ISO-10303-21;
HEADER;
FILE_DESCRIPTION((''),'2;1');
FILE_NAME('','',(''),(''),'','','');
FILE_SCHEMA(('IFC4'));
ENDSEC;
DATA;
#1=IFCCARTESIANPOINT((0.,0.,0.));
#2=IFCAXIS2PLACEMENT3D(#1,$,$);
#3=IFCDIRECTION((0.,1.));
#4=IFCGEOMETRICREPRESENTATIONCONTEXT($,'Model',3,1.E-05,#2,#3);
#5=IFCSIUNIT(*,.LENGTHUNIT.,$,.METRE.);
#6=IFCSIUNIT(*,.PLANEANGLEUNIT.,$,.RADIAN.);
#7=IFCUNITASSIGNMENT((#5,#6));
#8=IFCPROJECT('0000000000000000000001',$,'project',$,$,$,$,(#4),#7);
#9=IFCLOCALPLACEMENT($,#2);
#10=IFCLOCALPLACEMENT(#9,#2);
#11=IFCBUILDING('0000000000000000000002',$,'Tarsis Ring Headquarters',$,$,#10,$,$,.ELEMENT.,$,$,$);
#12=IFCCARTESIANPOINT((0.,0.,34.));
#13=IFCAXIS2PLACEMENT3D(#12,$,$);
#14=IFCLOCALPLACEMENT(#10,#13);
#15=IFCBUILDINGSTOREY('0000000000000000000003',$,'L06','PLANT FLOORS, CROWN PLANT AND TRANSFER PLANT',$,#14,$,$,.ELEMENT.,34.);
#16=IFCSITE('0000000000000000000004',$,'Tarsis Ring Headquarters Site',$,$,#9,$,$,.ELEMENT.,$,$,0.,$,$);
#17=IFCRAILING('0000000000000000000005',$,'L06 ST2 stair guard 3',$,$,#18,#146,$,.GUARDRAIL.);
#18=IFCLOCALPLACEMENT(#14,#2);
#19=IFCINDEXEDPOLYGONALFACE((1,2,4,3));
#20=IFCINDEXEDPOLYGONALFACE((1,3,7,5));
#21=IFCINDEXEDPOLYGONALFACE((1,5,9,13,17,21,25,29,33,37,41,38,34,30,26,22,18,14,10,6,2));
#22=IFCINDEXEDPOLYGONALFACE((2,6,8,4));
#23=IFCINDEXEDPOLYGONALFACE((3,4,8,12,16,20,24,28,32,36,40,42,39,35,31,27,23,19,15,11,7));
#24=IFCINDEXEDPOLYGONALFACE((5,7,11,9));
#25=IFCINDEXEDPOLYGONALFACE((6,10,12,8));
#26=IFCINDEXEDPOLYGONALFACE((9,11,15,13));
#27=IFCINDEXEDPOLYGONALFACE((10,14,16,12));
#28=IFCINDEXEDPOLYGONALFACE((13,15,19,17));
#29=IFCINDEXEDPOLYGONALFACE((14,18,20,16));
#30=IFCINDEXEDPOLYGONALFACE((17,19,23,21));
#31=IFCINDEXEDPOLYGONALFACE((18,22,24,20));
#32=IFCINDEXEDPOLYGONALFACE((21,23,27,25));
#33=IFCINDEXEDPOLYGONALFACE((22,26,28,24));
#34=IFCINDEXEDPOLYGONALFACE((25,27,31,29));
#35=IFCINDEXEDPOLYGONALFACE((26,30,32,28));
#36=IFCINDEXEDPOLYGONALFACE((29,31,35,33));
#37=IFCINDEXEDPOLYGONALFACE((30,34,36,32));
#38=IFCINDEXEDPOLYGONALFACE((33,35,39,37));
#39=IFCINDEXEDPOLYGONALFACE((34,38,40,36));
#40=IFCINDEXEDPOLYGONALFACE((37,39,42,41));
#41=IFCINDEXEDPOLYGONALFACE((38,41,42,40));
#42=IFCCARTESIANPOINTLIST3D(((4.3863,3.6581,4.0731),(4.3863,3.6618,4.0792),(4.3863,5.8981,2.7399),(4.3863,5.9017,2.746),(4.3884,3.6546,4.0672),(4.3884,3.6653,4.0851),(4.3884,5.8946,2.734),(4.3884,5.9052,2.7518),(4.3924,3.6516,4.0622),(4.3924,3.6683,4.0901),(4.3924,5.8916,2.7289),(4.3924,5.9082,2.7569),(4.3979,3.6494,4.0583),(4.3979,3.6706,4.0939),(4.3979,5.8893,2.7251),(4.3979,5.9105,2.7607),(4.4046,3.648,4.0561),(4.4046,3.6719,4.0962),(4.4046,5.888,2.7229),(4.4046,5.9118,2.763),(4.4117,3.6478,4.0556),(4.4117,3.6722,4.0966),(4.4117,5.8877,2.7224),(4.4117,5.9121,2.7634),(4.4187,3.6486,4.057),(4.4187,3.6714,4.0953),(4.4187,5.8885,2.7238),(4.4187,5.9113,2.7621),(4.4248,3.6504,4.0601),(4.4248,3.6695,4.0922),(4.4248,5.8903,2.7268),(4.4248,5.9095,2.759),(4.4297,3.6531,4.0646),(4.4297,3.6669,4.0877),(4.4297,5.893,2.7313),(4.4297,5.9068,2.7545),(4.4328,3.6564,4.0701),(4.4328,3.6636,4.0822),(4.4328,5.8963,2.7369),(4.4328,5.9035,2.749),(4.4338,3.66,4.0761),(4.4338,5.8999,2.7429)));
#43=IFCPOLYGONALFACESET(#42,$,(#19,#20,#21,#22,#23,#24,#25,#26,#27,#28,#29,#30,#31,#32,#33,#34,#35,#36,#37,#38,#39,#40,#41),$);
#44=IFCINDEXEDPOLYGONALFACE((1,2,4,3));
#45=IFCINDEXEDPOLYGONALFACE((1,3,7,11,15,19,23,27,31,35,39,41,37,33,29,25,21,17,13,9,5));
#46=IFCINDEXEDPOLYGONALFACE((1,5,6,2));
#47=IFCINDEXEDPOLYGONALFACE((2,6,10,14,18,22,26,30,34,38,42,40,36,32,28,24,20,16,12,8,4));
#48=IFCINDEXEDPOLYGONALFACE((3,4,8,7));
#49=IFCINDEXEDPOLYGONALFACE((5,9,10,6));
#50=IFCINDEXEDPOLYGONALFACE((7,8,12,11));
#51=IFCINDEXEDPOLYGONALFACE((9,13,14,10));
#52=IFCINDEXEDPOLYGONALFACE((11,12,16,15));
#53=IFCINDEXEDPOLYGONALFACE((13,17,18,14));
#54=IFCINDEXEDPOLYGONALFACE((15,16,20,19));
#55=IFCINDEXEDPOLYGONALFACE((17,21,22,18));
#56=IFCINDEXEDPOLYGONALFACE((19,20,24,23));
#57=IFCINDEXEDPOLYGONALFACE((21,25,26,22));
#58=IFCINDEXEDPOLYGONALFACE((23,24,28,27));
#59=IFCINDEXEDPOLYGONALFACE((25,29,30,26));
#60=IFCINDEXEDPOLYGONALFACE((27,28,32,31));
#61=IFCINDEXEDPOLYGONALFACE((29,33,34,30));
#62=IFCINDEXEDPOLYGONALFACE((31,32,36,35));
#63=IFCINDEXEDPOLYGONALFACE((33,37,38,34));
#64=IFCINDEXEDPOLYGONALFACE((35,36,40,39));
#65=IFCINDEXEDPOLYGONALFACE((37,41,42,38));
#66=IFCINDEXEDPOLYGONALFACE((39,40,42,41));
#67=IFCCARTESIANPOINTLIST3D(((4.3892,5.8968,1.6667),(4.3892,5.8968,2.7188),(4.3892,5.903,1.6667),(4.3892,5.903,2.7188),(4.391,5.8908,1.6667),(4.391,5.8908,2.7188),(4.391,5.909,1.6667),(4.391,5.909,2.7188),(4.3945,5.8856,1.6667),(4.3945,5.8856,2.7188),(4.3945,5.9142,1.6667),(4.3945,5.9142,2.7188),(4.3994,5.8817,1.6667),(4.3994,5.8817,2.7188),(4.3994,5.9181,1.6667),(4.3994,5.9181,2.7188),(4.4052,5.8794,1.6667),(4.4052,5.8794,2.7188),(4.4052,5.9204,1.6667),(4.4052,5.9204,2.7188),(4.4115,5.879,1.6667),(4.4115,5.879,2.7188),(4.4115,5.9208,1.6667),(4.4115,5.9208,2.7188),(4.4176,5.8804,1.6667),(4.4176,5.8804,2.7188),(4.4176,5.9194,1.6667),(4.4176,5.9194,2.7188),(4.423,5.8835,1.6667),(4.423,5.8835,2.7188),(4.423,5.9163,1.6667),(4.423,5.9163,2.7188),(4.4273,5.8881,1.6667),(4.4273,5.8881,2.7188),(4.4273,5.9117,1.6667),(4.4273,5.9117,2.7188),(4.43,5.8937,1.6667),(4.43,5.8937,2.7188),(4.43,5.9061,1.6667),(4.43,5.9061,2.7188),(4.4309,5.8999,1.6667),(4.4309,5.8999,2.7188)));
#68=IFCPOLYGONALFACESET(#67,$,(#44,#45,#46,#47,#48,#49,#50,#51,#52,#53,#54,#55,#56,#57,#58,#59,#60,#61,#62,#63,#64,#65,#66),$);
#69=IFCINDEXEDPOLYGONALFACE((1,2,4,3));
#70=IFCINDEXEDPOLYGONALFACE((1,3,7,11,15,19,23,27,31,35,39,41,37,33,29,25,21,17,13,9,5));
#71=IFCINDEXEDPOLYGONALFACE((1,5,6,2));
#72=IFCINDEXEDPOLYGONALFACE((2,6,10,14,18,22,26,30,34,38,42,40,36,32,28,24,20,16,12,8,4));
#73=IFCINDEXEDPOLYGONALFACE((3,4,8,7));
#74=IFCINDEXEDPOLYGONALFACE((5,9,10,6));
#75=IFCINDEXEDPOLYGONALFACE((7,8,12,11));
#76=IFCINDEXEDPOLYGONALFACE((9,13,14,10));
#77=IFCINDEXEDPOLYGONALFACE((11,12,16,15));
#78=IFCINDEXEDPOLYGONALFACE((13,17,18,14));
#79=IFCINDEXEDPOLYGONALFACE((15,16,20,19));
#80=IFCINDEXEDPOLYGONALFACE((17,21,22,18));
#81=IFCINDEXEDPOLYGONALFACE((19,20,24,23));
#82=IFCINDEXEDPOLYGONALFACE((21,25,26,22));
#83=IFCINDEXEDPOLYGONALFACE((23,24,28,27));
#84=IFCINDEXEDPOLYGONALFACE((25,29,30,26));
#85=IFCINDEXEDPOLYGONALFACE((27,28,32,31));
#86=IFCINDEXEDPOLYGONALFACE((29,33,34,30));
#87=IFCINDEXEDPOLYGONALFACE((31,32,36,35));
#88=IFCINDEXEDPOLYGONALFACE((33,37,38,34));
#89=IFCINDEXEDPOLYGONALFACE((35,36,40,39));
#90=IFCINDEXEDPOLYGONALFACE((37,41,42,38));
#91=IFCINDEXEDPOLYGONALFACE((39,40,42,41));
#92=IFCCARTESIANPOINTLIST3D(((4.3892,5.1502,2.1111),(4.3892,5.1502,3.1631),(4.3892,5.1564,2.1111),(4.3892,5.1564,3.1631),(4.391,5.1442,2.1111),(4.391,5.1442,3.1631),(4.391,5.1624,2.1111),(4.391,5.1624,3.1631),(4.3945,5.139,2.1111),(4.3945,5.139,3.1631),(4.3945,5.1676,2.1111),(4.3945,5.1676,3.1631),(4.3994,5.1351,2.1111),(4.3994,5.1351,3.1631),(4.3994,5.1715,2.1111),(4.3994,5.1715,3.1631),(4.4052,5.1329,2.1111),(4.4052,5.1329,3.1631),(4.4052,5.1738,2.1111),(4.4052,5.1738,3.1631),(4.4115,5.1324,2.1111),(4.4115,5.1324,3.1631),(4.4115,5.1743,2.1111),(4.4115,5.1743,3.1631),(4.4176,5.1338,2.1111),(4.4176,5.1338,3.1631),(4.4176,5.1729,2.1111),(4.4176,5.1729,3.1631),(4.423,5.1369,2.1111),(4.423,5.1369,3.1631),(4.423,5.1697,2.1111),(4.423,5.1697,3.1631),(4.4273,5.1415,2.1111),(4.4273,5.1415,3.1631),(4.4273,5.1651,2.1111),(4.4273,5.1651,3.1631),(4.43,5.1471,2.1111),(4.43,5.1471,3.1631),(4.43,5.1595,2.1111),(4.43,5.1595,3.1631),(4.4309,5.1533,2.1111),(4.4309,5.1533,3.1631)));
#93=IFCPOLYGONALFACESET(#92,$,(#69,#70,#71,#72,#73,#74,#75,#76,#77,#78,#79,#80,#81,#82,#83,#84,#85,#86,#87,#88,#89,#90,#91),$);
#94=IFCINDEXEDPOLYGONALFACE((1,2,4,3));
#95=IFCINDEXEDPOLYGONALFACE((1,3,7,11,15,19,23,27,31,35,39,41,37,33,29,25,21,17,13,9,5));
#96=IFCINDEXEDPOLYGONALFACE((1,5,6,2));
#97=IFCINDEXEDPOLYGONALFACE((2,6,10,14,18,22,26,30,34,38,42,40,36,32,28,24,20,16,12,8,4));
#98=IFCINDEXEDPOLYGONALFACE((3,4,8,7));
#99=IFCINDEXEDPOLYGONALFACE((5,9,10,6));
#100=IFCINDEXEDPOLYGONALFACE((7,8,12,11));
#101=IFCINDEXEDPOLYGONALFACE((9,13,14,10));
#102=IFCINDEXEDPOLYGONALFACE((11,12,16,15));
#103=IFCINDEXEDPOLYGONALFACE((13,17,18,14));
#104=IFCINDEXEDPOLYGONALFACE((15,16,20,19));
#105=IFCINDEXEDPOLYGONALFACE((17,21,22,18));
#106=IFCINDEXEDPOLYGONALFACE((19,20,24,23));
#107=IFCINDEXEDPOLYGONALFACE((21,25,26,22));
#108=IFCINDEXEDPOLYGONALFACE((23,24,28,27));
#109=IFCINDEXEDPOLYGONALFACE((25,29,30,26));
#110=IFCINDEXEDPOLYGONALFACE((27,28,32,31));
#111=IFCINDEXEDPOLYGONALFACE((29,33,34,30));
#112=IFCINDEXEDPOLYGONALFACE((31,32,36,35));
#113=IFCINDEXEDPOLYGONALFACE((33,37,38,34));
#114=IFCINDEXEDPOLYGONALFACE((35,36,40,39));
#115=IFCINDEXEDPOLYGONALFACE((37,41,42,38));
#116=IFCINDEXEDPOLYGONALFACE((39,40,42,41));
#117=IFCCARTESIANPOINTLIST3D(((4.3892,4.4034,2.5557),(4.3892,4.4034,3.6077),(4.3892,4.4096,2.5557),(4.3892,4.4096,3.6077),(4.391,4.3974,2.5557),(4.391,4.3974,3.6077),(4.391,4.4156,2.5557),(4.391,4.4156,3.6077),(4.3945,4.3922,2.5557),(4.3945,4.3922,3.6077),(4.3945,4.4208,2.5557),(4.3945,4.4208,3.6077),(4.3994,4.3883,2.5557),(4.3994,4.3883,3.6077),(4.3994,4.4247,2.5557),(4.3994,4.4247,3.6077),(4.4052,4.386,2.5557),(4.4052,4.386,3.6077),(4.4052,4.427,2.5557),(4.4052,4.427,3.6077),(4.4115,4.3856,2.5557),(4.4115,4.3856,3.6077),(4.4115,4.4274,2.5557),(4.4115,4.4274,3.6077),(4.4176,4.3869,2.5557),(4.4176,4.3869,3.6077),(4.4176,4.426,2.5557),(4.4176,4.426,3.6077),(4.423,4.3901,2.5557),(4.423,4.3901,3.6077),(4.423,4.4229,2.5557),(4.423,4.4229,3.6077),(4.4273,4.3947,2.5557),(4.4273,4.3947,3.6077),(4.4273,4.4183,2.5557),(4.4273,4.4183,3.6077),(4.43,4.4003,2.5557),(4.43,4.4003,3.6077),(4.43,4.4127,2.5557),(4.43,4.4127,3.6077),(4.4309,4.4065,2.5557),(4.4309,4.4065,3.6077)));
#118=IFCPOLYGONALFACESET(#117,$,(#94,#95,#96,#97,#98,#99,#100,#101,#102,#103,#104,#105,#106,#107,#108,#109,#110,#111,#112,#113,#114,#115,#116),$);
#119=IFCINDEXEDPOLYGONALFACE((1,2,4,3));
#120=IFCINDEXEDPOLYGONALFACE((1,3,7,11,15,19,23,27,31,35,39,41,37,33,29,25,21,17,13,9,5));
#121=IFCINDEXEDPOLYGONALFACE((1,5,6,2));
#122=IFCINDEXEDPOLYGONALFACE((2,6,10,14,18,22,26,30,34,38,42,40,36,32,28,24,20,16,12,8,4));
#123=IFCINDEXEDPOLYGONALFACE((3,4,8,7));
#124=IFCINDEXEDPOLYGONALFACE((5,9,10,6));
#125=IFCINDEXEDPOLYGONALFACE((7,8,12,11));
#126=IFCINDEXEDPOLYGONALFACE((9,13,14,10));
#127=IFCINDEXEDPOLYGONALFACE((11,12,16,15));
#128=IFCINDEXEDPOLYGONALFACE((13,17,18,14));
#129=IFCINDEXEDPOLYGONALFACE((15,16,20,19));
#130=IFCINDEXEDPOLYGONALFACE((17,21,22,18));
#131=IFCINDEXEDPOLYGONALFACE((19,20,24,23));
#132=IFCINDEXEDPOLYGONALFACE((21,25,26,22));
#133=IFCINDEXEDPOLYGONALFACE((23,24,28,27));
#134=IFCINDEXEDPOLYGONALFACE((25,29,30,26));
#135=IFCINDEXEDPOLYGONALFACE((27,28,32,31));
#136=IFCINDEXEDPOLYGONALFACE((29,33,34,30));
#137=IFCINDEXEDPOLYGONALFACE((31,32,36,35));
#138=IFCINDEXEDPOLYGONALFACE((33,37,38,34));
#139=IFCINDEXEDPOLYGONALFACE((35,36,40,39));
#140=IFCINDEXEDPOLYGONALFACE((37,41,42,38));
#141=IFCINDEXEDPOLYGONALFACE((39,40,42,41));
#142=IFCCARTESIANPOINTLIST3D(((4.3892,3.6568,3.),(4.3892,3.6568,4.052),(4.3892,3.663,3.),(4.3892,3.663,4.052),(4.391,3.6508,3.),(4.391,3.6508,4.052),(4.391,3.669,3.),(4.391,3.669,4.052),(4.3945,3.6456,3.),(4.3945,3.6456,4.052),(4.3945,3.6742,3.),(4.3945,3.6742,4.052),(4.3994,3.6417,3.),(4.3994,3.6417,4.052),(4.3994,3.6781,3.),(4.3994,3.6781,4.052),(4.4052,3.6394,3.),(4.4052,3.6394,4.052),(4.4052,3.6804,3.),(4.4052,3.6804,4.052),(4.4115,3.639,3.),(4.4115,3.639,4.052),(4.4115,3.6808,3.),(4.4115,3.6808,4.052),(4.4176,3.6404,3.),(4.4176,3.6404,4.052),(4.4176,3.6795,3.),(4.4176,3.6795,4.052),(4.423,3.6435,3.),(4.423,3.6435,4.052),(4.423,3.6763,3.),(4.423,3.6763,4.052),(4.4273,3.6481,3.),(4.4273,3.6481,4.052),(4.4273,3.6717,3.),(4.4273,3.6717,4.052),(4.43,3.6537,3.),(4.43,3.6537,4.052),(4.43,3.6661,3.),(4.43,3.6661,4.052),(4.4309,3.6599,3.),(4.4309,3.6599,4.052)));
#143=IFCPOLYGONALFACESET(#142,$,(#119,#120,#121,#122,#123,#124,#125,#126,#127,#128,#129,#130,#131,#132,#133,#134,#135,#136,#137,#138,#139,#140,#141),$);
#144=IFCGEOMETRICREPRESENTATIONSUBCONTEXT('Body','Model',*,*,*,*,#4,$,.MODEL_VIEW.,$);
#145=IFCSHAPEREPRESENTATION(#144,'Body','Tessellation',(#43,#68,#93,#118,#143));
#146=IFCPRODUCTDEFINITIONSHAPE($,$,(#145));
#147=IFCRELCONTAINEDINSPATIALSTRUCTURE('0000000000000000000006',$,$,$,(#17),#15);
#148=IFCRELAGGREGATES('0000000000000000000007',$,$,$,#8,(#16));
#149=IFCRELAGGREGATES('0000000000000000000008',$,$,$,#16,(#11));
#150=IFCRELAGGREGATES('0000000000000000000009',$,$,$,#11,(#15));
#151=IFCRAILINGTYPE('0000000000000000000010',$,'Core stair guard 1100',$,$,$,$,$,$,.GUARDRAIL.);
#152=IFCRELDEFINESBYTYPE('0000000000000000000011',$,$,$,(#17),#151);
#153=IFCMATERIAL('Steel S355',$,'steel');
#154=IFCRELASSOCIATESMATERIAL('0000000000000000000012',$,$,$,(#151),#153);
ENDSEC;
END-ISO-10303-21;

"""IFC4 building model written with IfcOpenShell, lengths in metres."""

from ifc_helpers import new_model, si_unit, direction, frame, origin, origin_2d, place, context, subcontext, project, spatial, circle, extrude, material, type_object, element, save


model = new_model("IFC4")

# Units and contexts
model_context = context("Model", 3, precision=1e-05, world=origin(), true_north=direction((0.0, 1.0)))
body_context = subcontext(model_context, "Body", "Model", "MODEL_VIEW")
ifc_project = project(units=[si_unit("LENGTHUNIT", "METRE"), si_unit("PLANEANGLEUNIT", "RADIAN")], contexts=[model_context])

# Site, building, storey
site_placement = place(None, origin())
site = spatial("IfcSite", under=ifc_project, at=site_placement, Name="Tarsis Ring Headquarters Site", CompositionType="ELEMENT", RefElevation=0.0)
building_placement = place(site_placement, origin())
building = spatial("IfcBuilding", under=site, at=building_placement, Name="Tarsis Ring Headquarters", CompositionType="ELEMENT")
storey_placement = place(building_placement, frame((0.0, 0.0, 34.0)))
storey = spatial("IfcBuildingStorey", under=building, at=storey_placement, Name="L06", Description="PLANT FLOORS, CROWN PLANT AND TRANSFER PLANT", CompositionType="ELEMENT", Elevation=34.0)

# Railing
ifc_material_1 = material(Name="Steel S355", Category="steel")
railing_type_1 = type_object("IfcRailingType", Name="Core stair guard 1100", PredefinedType="GUARDRAIL", material=ifc_material_1)
railing_1_placement = place(storey_placement, frame((4.4099, 5.8999, 1.6667)))
element("IfcRailing", 1, at=railing_1_placement, inside=storey, type_object=railing_type_1, Name="L06 ST2 stair guard 3", PredefinedType="GUARDRAIL", context=body_context, shape_type="SweptSolid", body=[
    extrude(circle(Radius=0.0239, at=origin_2d()), frame((0.0, 0.0, 1.0762), z_axis=(0.0, -0.859306, 0.511462), x_axis=(1.0, 0.0, 0.0)), (0.0, 0.0, 1.0), 2.6067),
    extrude(circle(Radius=0.021, at=origin_2d()), origin(), (0.0, 0.0, 1.0), 1.052),
    extrude(circle(Radius=0.021, at=origin_2d()), frame((0.0, -0.7466, 0.4443)), (0.0, 0.0, 1.0), 1.052),
    extrude(circle(Radius=0.021, at=origin_2d()), frame((0.0, -1.4934, 0.8889)), (0.0, 0.0, 1.0), 1.052),
    extrude(circle(Radius=0.021, at=origin_2d()), frame((0.0, -2.24, 1.3333)), (0.0, 0.0, 1.0), 1.052),
])

save(model, "model.ifc")
